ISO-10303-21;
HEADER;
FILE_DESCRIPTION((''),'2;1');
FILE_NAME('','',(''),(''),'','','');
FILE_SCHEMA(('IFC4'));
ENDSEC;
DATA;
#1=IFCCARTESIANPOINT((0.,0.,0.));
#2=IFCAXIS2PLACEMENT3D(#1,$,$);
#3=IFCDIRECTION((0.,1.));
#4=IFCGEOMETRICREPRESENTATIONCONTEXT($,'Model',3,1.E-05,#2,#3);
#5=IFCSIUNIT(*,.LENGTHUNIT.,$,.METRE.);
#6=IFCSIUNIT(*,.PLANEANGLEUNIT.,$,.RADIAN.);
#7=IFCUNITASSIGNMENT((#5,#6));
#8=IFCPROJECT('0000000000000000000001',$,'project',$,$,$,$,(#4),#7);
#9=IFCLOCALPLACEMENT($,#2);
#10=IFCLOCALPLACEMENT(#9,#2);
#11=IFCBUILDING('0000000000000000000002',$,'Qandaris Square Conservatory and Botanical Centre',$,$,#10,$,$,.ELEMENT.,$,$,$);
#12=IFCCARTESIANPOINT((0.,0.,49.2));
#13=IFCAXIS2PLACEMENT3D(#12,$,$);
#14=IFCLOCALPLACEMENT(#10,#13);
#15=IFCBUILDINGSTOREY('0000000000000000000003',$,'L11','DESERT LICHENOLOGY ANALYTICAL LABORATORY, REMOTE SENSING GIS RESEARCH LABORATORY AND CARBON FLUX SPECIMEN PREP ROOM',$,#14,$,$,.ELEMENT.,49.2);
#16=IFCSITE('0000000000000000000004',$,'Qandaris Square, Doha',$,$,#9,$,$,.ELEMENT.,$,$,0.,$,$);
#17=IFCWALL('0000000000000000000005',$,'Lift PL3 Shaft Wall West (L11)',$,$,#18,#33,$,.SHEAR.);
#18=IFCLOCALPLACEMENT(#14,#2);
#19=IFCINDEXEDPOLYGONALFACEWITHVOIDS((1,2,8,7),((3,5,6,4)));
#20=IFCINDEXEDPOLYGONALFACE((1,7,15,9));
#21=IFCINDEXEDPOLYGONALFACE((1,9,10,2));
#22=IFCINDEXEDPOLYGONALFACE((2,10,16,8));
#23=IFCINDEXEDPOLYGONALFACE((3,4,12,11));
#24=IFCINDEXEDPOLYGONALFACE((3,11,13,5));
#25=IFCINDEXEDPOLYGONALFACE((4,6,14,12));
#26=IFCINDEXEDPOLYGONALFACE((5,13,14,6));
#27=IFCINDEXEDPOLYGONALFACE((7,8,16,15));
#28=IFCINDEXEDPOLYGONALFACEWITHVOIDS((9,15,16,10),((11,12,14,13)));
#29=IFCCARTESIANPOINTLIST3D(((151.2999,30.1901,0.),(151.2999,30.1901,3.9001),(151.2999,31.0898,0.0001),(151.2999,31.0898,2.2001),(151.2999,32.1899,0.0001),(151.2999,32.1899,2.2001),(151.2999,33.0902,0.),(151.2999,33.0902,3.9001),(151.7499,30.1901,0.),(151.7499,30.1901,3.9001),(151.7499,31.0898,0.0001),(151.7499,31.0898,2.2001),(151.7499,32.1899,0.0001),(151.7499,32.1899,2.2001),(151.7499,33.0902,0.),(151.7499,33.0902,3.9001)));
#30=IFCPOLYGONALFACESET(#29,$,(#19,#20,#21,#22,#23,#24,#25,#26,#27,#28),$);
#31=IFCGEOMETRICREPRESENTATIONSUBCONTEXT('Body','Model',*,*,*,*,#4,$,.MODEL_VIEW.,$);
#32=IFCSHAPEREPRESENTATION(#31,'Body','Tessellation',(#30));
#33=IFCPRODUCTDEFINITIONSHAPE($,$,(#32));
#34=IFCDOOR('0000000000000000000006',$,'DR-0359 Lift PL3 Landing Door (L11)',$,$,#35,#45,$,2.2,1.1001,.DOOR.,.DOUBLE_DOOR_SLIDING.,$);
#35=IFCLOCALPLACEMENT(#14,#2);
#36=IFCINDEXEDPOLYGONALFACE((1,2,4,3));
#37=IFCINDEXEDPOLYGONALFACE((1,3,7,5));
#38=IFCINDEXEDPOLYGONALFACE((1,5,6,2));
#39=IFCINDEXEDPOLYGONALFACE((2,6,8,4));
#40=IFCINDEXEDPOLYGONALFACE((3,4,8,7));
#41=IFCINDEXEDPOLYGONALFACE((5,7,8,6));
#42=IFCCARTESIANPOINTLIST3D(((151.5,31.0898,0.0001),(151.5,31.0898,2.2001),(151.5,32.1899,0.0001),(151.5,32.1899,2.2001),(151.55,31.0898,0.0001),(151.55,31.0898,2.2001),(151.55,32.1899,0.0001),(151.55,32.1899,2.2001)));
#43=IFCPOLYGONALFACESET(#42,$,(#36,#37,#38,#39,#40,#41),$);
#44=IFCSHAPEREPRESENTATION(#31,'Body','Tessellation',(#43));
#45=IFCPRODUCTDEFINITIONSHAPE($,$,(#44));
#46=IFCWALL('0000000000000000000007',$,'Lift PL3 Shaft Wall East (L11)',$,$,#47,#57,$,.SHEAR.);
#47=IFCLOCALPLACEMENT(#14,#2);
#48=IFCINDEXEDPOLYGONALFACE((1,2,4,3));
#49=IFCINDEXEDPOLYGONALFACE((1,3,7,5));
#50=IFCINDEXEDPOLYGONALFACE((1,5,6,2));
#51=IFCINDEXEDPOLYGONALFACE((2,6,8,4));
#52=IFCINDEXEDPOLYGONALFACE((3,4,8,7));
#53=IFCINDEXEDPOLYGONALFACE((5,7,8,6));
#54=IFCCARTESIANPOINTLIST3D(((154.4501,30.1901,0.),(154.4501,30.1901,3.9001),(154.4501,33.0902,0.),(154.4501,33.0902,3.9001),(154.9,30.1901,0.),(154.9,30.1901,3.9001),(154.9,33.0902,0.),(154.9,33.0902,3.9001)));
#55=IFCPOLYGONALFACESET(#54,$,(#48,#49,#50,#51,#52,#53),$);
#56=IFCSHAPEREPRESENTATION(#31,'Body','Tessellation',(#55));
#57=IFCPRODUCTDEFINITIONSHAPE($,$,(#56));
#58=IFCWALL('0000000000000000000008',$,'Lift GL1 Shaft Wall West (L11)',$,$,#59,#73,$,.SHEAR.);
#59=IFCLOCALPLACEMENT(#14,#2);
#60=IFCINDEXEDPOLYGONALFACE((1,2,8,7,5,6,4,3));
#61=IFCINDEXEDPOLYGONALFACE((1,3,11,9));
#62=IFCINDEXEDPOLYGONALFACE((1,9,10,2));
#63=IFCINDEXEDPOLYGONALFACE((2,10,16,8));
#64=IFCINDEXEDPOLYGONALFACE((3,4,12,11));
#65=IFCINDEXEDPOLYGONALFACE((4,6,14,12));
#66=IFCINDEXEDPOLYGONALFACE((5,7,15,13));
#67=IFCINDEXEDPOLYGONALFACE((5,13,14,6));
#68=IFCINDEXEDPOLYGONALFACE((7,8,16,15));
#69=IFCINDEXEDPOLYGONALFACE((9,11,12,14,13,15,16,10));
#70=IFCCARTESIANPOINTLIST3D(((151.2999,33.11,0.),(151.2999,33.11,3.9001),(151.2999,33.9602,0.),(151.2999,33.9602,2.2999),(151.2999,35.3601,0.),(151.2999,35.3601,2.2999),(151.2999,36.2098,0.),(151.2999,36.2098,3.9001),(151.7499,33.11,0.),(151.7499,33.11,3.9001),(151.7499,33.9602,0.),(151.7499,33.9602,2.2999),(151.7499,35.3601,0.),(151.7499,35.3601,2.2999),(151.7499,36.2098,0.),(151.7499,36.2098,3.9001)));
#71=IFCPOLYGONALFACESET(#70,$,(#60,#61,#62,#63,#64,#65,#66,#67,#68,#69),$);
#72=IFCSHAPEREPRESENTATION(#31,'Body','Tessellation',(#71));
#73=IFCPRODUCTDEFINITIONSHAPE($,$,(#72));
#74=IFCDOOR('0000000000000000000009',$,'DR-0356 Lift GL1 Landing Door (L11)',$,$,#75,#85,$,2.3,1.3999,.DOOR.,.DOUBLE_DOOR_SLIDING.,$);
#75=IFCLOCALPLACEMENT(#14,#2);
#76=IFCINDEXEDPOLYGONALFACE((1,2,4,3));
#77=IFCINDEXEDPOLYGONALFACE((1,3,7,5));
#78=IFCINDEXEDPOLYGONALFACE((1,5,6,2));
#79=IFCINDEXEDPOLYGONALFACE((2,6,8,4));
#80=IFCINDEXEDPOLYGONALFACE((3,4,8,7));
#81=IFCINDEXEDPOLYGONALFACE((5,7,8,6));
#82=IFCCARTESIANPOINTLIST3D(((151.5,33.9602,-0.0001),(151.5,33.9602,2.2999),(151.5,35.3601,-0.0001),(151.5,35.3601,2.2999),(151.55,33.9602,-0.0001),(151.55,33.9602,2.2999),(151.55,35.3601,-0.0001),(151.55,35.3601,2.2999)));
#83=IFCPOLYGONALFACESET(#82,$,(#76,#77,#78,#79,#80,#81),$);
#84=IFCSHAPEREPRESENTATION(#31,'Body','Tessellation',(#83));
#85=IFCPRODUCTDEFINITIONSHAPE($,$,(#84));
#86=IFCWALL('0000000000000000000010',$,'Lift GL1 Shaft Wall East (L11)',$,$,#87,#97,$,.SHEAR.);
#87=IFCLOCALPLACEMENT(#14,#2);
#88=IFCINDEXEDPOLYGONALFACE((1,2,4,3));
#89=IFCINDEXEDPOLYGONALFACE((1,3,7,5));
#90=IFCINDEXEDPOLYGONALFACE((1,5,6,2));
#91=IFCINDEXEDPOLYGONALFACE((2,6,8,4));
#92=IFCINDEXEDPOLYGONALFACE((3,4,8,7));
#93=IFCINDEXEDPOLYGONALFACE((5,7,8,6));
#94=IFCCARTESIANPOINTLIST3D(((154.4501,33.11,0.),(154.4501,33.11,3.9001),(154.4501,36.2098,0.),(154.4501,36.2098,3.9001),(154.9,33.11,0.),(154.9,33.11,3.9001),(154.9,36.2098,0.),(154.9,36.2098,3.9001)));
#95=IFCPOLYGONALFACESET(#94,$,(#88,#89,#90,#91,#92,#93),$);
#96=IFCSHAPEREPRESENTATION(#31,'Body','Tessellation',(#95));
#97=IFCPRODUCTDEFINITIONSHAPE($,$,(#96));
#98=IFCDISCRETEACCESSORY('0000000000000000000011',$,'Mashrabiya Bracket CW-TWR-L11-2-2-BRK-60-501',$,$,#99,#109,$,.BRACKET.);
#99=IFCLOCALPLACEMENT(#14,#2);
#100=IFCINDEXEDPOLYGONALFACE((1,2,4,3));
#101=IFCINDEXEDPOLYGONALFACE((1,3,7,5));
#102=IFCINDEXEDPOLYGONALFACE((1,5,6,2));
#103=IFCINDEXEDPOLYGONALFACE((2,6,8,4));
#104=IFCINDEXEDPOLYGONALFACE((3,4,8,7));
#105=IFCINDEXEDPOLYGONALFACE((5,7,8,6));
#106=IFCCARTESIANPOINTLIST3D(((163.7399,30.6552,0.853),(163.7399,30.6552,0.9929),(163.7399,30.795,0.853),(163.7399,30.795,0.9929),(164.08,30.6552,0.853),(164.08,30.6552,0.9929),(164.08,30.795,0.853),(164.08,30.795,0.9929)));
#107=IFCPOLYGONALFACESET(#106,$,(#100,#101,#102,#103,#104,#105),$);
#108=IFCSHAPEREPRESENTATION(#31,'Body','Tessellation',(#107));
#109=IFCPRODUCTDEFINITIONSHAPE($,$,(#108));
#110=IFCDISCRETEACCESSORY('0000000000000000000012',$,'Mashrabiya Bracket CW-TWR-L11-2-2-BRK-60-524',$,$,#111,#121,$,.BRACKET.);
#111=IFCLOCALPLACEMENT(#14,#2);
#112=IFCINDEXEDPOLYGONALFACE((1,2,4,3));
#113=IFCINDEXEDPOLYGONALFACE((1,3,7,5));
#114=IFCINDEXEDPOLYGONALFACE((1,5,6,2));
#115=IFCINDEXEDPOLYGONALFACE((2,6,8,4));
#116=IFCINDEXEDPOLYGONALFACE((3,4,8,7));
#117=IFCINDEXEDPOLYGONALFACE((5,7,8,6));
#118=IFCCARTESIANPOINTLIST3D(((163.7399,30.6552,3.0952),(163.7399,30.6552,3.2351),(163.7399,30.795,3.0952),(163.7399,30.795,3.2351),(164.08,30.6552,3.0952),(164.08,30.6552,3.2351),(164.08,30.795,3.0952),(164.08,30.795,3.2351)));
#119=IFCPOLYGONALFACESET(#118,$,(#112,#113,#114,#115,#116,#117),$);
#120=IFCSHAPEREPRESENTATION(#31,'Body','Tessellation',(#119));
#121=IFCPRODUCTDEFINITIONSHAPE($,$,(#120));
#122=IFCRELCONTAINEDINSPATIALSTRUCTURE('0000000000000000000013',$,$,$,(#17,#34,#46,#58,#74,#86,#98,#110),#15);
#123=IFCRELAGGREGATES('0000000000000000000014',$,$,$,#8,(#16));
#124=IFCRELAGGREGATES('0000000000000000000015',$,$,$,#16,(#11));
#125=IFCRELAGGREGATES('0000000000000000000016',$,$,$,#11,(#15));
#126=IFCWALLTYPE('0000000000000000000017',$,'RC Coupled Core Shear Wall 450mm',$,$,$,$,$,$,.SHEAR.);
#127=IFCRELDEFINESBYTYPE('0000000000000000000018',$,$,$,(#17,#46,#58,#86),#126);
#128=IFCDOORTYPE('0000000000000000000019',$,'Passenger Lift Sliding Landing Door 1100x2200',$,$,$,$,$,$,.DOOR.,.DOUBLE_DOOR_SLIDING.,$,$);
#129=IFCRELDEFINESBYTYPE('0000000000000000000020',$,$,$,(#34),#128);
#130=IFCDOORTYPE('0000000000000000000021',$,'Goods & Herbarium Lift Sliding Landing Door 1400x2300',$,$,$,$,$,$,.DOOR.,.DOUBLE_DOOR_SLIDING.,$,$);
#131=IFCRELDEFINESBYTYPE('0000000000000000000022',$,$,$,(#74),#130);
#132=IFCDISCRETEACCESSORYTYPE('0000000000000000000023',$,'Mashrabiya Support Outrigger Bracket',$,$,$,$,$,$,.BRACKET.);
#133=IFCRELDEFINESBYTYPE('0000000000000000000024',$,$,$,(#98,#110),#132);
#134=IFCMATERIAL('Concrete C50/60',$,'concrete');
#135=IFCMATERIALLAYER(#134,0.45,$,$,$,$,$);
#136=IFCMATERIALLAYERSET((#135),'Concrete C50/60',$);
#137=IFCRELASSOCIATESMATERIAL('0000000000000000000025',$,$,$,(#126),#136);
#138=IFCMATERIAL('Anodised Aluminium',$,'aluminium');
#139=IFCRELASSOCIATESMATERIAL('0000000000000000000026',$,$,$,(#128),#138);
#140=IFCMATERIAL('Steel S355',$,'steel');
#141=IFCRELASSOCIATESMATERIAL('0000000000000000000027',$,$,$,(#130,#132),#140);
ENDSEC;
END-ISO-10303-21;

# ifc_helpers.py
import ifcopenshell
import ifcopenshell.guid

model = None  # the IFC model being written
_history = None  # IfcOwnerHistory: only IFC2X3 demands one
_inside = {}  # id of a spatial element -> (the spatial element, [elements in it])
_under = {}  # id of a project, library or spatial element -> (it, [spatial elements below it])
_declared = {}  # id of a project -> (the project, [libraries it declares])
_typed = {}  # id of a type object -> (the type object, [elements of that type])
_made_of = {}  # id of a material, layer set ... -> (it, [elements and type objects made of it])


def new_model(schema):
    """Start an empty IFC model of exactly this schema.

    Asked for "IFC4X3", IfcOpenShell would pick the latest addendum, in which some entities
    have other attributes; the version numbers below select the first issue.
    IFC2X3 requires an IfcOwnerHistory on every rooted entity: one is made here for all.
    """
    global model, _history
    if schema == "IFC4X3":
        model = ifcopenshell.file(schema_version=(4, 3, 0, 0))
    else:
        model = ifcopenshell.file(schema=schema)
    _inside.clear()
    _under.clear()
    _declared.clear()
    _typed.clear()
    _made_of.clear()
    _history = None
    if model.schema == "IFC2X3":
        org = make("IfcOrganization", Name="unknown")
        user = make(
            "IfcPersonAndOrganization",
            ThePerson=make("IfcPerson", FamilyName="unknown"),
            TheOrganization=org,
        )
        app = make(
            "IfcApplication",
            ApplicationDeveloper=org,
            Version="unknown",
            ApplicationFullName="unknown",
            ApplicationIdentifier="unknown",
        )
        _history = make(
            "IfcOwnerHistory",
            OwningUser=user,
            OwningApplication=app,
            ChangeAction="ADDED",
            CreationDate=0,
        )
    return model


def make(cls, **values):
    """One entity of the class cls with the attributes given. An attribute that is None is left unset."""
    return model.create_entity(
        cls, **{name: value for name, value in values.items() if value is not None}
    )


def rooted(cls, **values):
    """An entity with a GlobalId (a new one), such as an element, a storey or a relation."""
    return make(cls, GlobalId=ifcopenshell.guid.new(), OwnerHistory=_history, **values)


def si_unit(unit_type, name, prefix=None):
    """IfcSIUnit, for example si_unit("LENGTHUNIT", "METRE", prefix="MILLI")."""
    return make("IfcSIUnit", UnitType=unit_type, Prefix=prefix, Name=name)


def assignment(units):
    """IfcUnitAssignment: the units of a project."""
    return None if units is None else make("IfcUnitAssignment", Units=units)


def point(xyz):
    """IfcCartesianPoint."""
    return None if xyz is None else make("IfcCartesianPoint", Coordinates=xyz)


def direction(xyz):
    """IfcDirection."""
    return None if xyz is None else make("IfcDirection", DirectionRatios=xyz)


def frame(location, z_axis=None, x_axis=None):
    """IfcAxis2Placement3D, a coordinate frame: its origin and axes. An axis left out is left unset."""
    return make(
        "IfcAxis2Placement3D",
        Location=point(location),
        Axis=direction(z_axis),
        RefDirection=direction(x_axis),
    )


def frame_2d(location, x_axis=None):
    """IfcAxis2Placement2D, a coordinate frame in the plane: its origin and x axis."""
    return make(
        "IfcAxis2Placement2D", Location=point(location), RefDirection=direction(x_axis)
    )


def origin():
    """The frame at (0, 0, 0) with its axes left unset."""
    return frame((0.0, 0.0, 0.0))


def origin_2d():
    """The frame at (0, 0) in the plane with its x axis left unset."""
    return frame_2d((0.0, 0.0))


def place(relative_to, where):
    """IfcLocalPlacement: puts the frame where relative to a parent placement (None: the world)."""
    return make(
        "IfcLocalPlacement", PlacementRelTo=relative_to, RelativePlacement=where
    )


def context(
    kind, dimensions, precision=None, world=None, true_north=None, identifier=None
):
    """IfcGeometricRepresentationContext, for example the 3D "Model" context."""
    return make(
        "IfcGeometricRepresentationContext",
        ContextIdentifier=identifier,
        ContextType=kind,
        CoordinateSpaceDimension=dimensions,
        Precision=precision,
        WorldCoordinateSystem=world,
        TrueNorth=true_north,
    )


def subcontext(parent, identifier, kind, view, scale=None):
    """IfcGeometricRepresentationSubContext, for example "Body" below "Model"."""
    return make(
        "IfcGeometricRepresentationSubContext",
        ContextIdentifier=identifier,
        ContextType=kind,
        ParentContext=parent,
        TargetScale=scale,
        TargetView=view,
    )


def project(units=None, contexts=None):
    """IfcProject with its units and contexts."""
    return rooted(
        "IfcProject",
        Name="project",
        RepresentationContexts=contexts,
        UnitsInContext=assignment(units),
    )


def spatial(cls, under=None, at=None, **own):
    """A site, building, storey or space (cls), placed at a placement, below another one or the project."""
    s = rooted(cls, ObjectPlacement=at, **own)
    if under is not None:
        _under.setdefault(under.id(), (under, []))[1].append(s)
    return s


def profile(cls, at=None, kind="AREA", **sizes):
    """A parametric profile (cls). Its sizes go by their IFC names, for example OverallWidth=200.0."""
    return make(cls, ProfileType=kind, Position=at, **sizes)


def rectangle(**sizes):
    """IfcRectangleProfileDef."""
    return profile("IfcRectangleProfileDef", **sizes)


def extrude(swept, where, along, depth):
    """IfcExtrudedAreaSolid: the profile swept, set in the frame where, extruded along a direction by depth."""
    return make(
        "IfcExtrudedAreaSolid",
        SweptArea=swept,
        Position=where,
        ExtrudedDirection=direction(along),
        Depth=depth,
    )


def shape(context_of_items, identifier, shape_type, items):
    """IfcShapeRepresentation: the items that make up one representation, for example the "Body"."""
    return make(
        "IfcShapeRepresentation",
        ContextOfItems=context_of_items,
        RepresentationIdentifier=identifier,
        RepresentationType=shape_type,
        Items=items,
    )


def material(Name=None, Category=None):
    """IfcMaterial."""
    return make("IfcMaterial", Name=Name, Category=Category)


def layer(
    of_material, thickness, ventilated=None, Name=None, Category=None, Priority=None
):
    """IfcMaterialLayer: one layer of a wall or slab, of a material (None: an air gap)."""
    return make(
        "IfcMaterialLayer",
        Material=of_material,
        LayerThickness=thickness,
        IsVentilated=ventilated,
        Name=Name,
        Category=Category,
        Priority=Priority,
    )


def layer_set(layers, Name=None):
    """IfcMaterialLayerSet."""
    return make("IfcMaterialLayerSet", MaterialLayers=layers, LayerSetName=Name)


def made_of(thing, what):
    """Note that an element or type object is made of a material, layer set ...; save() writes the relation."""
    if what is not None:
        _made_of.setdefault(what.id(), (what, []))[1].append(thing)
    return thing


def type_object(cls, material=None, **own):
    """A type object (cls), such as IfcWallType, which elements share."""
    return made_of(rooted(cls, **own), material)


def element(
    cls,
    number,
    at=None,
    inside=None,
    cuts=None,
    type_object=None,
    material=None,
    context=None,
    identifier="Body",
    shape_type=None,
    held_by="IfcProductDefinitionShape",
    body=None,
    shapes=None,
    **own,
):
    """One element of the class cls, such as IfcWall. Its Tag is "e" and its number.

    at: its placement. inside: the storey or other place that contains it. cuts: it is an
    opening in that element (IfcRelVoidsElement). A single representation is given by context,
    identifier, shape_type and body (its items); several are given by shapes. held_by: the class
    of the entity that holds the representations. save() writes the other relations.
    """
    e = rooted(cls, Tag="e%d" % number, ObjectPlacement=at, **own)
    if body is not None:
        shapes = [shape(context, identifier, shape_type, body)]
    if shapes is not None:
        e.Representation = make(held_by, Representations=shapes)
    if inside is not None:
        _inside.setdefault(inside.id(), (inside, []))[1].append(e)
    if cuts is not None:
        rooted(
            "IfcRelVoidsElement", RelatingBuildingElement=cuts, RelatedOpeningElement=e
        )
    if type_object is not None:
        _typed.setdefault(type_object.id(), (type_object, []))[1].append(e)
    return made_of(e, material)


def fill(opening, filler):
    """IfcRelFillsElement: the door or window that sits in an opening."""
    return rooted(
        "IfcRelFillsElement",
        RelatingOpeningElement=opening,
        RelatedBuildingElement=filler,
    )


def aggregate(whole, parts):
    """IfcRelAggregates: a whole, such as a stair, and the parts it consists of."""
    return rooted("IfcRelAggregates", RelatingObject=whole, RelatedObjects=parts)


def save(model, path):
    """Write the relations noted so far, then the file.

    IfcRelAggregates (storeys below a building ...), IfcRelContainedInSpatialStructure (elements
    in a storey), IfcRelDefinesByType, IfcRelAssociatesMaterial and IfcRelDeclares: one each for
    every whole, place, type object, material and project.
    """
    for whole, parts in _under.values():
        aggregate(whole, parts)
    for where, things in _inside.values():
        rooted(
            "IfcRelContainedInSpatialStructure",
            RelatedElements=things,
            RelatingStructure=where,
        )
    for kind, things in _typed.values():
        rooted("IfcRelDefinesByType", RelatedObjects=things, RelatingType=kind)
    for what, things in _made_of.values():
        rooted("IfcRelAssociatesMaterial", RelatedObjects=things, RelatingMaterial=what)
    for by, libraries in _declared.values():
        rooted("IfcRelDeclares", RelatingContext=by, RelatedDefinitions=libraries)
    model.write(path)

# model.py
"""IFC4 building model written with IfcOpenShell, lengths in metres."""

from ifc_helpers import new_model, si_unit, direction, frame, frame_2d, origin, origin_2d, place, context, subcontext, project, spatial, rectangle, extrude, material, layer, layer_set, type_object, element, fill, save


model = new_model("IFC4")

# Units and contexts
model_context = context("Model", 3, precision=1e-05, world=origin(), true_north=direction((0.0, 1.0)))
body_context = subcontext(model_context, "Body", "Model", "MODEL_VIEW")
ifc_project = project(units=[si_unit("LENGTHUNIT", "METRE"), si_unit("PLANEANGLEUNIT", "RADIAN")], contexts=[model_context])

# Site, building, storey
site_placement = place(None, origin())
site = spatial("IfcSite", under=ifc_project, at=site_placement, Name="Qandaris Square, Doha", CompositionType="ELEMENT", RefElevation=0.0)
building_placement = place(site_placement, origin())
building = spatial("IfcBuilding", under=site, at=building_placement, Name="Qandaris Square Conservatory and Botanical Centre", CompositionType="ELEMENT")
storey_placement = place(building_placement, frame((0.0, 0.0, 49.2)))
storey = spatial("IfcBuildingStorey", under=building, at=storey_placement, Name="L11", Description="DESERT LICHENOLOGY ANALYTICAL LABORATORY, REMOTE SENSING GIS RESEARCH LABORATORY AND CARBON FLUX SPECIMEN PREP ROOM", CompositionType="ELEMENT", Elevation=49.2)

# Shared definitions
ifc_material_1 = material(Name="Concrete C50/60", Category="concrete")

# Shared definitions
ifc_material_2 = material(Name="Steel S355", Category="steel")

# Shared definitions
ifc_material_3 = material(Name="Anodised Aluminium", Category="aluminium")

# Shared definitions
ifc_layer_1 = layer(ifc_material_1, 0.45)
ifc_layer_set_1 = layer_set([ifc_layer_1], Name="Concrete C50/60")
wall_type_1 = type_object("IfcWallType", Name="RC Coupled Core Shear Wall 450mm", PredefinedType="SHEAR", material=ifc_layer_set_1)

# Wall, opening, door
wall_1_placement = place(storey_placement, frame((151.5249, 30.1899, 0.0), z_axis=(0.0, 0.0, 1.0), x_axis=(0.0, 1.0, 0.0)))
wall_1 = element("IfcWall", 1, at=wall_1_placement, inside=storey, type_object=wall_type_1, Name="Lift PL3 Shaft Wall West (L11)", PredefinedType="SHEAR", context=body_context, shape_type="SweptSolid", body=[
    extrude(rectangle(XDim=2.9001, YDim=0.45, at=frame_2d((1.4502, 0.0))), origin(), (0.0, 0.0, 1.0), 3.9001),
])
opening_1_placement = place(wall_1_placement, frame((0.8999, 0.0, 0.0)))
opening_1 = element("IfcOpeningElement", 2, at=opening_1_placement, cuts=wall_1, PredefinedType="OPENING", context=body_context, shape_type="SweptSolid", body=[
    extrude(rectangle(XDim=1.1001, YDim=2.2, at=frame_2d((0.55, 1.1001))), frame((0.0, 0.2368, 0.0), z_axis=(0.0, -1.0, 0.0), x_axis=(1.0, 0.0, 0.0)), (0.0, 0.0, 1.0), 0.4739),
])
door_type_1 = type_object("IfcDoorType", Name="Passenger Lift Sliding Landing Door 1100x2200", OperationType="DOUBLE_DOOR_SLIDING", PredefinedType="DOOR", material=ifc_material_3)
door_1_placement = place(opening_1_placement, origin())
door_1 = element("IfcDoor", 3, at=door_1_placement, inside=storey, type_object=door_type_1, Name="DR-0359 Lift PL3 Landing Door (L11)", OperationType="DOUBLE_DOOR_SLIDING", OverallHeight=2.2, OverallWidth=1.1001, PredefinedType="DOOR", context=body_context, shape_type="SweptSolid", body=[
    extrude(rectangle(XDim=1.1001, YDim=2.2, at=frame_2d((0.55, 1.1001))), frame((0.0, 0.0249, 0.0), z_axis=(0.0, -1.0, 0.0), x_axis=(1.0, 0.0, 0.0)), (0.0, 0.0, 1.0), 0.05),
])
fill(opening_1, door_1)

# Wall
wall_2_placement = place(storey_placement, frame((154.675, 30.1899, 0.0), z_axis=(0.0, 0.0, 1.0), x_axis=(0.0, 1.0, 0.0)))
element("IfcWall", 4, at=wall_2_placement, inside=storey, type_object=wall_type_1, Name="Lift PL3 Shaft Wall East (L11)", PredefinedType="SHEAR", context=body_context, shape_type="SweptSolid", body=[
    extrude(rectangle(XDim=2.9001, YDim=0.45, at=frame_2d((1.4502, 0.0))), origin(), (0.0, 0.0, 1.0), 3.9001),
])

# Wall, opening, door
wall_3_placement = place(storey_placement, frame((151.5249, 33.1101, 0.0), z_axis=(0.0, 0.0, 1.0), x_axis=(0.0, 1.0, 0.0)))
wall_3 = element("IfcWall", 5, at=wall_3_placement, inside=storey, type_object=wall_type_1, Name="Lift GL1 Shaft Wall West (L11)", PredefinedType="SHEAR", context=body_context, shape_type="SweptSolid", body=[
    extrude(rectangle(XDim=3.0999, YDim=0.45, at=frame_2d((1.5498, 0.0))), origin(), (0.0, 0.0, 1.0), 3.9001),
])
opening_2_placement = place(wall_3_placement, frame((0.8501, 0.0, 0.0)))
opening_2 = element("IfcOpeningElement", 6, at=opening_2_placement, cuts=wall_3, PredefinedType="OPENING", context=body_context, shape_type="SweptSolid", body=[
    extrude(rectangle(XDim=1.3999, YDim=2.3, at=frame_2d((0.7, 1.1499))), frame((0.0, 0.2368, 0.0), z_axis=(0.0, -1.0, 0.0), x_axis=(1.0, 0.0, 0.0)), (0.0, 0.0, 1.0), 0.4739),
])
door_type_2 = type_object("IfcDoorType", Name="Goods & Herbarium Lift Sliding Landing Door 1400x2300", OperationType="DOUBLE_DOOR_SLIDING", PredefinedType="DOOR", material=ifc_material_2)
door_2_placement = place(opening_2_placement, origin())
door_2 = element("IfcDoor", 7, at=door_2_placement, inside=storey, type_object=door_type_2, Name="DR-0356 Lift GL1 Landing Door (L11)", OperationType="DOUBLE_DOOR_SLIDING", OverallHeight=2.3, OverallWidth=1.3999, PredefinedType="DOOR", context=body_context, shape_type="SweptSolid", body=[
    extrude(rectangle(XDim=1.3999, YDim=2.3, at=frame_2d((0.7, 1.1499))), frame((0.0, 0.0249, 0.0), z_axis=(0.0, -1.0, 0.0), x_axis=(1.0, 0.0, 0.0)), (0.0, 0.0, 1.0), 0.05),
])
fill(opening_2, door_2)

# Wall
wall_4_placement = place(storey_placement, frame((154.675, 33.1101, 0.0), z_axis=(0.0, 0.0, 1.0), x_axis=(0.0, 1.0, 0.0)))
element("IfcWall", 8, at=wall_4_placement, inside=storey, type_object=wall_type_1, Name="Lift GL1 Shaft Wall East (L11)", PredefinedType="SHEAR", context=body_context, shape_type="SweptSolid", body=[
    extrude(rectangle(XDim=3.0999, YDim=0.45, at=frame_2d((1.5498, 0.0))), origin(), (0.0, 0.0, 1.0), 3.9001),
])

# Discrete accessories
discrete_accessory_type = type_object("IfcDiscreteAccessoryType", Name="Mashrabiya Support Outrigger Bracket", PredefinedType="BRACKET", material=ifc_material_2)
for number, where, z_axis, x_axis, name in (
    (9, (163.9099, 30.7251, 0.853), (0.0, 0.0, 1.0), (0.0, 1.0, 0.0), "Mashrabiya Bracket CW-TWR-L11-2-2-BRK-60-501"),
    (10, (163.9099, 30.7251, 3.0952), (0.0, 0.0, 1.0), (0.0, 1.0, 0.0), "Mashrabiya Bracket CW-TWR-L11-2-2-BRK-60-524"),
):
    element("IfcDiscreteAccessory", number, at=place(storey_placement, frame(where, z_axis=z_axis, x_axis=x_axis)), inside=storey, type_object=discrete_accessory_type, Name=name, PredefinedType="BRACKET", context=body_context, shape_type="SweptSolid", body=[
        extrude(rectangle(XDim=0.1399, YDim=0.3401, at=origin_2d()), origin(), (0.0, 0.0, 1.0), 0.1399),
    ])

save(model, "model.ifc")
